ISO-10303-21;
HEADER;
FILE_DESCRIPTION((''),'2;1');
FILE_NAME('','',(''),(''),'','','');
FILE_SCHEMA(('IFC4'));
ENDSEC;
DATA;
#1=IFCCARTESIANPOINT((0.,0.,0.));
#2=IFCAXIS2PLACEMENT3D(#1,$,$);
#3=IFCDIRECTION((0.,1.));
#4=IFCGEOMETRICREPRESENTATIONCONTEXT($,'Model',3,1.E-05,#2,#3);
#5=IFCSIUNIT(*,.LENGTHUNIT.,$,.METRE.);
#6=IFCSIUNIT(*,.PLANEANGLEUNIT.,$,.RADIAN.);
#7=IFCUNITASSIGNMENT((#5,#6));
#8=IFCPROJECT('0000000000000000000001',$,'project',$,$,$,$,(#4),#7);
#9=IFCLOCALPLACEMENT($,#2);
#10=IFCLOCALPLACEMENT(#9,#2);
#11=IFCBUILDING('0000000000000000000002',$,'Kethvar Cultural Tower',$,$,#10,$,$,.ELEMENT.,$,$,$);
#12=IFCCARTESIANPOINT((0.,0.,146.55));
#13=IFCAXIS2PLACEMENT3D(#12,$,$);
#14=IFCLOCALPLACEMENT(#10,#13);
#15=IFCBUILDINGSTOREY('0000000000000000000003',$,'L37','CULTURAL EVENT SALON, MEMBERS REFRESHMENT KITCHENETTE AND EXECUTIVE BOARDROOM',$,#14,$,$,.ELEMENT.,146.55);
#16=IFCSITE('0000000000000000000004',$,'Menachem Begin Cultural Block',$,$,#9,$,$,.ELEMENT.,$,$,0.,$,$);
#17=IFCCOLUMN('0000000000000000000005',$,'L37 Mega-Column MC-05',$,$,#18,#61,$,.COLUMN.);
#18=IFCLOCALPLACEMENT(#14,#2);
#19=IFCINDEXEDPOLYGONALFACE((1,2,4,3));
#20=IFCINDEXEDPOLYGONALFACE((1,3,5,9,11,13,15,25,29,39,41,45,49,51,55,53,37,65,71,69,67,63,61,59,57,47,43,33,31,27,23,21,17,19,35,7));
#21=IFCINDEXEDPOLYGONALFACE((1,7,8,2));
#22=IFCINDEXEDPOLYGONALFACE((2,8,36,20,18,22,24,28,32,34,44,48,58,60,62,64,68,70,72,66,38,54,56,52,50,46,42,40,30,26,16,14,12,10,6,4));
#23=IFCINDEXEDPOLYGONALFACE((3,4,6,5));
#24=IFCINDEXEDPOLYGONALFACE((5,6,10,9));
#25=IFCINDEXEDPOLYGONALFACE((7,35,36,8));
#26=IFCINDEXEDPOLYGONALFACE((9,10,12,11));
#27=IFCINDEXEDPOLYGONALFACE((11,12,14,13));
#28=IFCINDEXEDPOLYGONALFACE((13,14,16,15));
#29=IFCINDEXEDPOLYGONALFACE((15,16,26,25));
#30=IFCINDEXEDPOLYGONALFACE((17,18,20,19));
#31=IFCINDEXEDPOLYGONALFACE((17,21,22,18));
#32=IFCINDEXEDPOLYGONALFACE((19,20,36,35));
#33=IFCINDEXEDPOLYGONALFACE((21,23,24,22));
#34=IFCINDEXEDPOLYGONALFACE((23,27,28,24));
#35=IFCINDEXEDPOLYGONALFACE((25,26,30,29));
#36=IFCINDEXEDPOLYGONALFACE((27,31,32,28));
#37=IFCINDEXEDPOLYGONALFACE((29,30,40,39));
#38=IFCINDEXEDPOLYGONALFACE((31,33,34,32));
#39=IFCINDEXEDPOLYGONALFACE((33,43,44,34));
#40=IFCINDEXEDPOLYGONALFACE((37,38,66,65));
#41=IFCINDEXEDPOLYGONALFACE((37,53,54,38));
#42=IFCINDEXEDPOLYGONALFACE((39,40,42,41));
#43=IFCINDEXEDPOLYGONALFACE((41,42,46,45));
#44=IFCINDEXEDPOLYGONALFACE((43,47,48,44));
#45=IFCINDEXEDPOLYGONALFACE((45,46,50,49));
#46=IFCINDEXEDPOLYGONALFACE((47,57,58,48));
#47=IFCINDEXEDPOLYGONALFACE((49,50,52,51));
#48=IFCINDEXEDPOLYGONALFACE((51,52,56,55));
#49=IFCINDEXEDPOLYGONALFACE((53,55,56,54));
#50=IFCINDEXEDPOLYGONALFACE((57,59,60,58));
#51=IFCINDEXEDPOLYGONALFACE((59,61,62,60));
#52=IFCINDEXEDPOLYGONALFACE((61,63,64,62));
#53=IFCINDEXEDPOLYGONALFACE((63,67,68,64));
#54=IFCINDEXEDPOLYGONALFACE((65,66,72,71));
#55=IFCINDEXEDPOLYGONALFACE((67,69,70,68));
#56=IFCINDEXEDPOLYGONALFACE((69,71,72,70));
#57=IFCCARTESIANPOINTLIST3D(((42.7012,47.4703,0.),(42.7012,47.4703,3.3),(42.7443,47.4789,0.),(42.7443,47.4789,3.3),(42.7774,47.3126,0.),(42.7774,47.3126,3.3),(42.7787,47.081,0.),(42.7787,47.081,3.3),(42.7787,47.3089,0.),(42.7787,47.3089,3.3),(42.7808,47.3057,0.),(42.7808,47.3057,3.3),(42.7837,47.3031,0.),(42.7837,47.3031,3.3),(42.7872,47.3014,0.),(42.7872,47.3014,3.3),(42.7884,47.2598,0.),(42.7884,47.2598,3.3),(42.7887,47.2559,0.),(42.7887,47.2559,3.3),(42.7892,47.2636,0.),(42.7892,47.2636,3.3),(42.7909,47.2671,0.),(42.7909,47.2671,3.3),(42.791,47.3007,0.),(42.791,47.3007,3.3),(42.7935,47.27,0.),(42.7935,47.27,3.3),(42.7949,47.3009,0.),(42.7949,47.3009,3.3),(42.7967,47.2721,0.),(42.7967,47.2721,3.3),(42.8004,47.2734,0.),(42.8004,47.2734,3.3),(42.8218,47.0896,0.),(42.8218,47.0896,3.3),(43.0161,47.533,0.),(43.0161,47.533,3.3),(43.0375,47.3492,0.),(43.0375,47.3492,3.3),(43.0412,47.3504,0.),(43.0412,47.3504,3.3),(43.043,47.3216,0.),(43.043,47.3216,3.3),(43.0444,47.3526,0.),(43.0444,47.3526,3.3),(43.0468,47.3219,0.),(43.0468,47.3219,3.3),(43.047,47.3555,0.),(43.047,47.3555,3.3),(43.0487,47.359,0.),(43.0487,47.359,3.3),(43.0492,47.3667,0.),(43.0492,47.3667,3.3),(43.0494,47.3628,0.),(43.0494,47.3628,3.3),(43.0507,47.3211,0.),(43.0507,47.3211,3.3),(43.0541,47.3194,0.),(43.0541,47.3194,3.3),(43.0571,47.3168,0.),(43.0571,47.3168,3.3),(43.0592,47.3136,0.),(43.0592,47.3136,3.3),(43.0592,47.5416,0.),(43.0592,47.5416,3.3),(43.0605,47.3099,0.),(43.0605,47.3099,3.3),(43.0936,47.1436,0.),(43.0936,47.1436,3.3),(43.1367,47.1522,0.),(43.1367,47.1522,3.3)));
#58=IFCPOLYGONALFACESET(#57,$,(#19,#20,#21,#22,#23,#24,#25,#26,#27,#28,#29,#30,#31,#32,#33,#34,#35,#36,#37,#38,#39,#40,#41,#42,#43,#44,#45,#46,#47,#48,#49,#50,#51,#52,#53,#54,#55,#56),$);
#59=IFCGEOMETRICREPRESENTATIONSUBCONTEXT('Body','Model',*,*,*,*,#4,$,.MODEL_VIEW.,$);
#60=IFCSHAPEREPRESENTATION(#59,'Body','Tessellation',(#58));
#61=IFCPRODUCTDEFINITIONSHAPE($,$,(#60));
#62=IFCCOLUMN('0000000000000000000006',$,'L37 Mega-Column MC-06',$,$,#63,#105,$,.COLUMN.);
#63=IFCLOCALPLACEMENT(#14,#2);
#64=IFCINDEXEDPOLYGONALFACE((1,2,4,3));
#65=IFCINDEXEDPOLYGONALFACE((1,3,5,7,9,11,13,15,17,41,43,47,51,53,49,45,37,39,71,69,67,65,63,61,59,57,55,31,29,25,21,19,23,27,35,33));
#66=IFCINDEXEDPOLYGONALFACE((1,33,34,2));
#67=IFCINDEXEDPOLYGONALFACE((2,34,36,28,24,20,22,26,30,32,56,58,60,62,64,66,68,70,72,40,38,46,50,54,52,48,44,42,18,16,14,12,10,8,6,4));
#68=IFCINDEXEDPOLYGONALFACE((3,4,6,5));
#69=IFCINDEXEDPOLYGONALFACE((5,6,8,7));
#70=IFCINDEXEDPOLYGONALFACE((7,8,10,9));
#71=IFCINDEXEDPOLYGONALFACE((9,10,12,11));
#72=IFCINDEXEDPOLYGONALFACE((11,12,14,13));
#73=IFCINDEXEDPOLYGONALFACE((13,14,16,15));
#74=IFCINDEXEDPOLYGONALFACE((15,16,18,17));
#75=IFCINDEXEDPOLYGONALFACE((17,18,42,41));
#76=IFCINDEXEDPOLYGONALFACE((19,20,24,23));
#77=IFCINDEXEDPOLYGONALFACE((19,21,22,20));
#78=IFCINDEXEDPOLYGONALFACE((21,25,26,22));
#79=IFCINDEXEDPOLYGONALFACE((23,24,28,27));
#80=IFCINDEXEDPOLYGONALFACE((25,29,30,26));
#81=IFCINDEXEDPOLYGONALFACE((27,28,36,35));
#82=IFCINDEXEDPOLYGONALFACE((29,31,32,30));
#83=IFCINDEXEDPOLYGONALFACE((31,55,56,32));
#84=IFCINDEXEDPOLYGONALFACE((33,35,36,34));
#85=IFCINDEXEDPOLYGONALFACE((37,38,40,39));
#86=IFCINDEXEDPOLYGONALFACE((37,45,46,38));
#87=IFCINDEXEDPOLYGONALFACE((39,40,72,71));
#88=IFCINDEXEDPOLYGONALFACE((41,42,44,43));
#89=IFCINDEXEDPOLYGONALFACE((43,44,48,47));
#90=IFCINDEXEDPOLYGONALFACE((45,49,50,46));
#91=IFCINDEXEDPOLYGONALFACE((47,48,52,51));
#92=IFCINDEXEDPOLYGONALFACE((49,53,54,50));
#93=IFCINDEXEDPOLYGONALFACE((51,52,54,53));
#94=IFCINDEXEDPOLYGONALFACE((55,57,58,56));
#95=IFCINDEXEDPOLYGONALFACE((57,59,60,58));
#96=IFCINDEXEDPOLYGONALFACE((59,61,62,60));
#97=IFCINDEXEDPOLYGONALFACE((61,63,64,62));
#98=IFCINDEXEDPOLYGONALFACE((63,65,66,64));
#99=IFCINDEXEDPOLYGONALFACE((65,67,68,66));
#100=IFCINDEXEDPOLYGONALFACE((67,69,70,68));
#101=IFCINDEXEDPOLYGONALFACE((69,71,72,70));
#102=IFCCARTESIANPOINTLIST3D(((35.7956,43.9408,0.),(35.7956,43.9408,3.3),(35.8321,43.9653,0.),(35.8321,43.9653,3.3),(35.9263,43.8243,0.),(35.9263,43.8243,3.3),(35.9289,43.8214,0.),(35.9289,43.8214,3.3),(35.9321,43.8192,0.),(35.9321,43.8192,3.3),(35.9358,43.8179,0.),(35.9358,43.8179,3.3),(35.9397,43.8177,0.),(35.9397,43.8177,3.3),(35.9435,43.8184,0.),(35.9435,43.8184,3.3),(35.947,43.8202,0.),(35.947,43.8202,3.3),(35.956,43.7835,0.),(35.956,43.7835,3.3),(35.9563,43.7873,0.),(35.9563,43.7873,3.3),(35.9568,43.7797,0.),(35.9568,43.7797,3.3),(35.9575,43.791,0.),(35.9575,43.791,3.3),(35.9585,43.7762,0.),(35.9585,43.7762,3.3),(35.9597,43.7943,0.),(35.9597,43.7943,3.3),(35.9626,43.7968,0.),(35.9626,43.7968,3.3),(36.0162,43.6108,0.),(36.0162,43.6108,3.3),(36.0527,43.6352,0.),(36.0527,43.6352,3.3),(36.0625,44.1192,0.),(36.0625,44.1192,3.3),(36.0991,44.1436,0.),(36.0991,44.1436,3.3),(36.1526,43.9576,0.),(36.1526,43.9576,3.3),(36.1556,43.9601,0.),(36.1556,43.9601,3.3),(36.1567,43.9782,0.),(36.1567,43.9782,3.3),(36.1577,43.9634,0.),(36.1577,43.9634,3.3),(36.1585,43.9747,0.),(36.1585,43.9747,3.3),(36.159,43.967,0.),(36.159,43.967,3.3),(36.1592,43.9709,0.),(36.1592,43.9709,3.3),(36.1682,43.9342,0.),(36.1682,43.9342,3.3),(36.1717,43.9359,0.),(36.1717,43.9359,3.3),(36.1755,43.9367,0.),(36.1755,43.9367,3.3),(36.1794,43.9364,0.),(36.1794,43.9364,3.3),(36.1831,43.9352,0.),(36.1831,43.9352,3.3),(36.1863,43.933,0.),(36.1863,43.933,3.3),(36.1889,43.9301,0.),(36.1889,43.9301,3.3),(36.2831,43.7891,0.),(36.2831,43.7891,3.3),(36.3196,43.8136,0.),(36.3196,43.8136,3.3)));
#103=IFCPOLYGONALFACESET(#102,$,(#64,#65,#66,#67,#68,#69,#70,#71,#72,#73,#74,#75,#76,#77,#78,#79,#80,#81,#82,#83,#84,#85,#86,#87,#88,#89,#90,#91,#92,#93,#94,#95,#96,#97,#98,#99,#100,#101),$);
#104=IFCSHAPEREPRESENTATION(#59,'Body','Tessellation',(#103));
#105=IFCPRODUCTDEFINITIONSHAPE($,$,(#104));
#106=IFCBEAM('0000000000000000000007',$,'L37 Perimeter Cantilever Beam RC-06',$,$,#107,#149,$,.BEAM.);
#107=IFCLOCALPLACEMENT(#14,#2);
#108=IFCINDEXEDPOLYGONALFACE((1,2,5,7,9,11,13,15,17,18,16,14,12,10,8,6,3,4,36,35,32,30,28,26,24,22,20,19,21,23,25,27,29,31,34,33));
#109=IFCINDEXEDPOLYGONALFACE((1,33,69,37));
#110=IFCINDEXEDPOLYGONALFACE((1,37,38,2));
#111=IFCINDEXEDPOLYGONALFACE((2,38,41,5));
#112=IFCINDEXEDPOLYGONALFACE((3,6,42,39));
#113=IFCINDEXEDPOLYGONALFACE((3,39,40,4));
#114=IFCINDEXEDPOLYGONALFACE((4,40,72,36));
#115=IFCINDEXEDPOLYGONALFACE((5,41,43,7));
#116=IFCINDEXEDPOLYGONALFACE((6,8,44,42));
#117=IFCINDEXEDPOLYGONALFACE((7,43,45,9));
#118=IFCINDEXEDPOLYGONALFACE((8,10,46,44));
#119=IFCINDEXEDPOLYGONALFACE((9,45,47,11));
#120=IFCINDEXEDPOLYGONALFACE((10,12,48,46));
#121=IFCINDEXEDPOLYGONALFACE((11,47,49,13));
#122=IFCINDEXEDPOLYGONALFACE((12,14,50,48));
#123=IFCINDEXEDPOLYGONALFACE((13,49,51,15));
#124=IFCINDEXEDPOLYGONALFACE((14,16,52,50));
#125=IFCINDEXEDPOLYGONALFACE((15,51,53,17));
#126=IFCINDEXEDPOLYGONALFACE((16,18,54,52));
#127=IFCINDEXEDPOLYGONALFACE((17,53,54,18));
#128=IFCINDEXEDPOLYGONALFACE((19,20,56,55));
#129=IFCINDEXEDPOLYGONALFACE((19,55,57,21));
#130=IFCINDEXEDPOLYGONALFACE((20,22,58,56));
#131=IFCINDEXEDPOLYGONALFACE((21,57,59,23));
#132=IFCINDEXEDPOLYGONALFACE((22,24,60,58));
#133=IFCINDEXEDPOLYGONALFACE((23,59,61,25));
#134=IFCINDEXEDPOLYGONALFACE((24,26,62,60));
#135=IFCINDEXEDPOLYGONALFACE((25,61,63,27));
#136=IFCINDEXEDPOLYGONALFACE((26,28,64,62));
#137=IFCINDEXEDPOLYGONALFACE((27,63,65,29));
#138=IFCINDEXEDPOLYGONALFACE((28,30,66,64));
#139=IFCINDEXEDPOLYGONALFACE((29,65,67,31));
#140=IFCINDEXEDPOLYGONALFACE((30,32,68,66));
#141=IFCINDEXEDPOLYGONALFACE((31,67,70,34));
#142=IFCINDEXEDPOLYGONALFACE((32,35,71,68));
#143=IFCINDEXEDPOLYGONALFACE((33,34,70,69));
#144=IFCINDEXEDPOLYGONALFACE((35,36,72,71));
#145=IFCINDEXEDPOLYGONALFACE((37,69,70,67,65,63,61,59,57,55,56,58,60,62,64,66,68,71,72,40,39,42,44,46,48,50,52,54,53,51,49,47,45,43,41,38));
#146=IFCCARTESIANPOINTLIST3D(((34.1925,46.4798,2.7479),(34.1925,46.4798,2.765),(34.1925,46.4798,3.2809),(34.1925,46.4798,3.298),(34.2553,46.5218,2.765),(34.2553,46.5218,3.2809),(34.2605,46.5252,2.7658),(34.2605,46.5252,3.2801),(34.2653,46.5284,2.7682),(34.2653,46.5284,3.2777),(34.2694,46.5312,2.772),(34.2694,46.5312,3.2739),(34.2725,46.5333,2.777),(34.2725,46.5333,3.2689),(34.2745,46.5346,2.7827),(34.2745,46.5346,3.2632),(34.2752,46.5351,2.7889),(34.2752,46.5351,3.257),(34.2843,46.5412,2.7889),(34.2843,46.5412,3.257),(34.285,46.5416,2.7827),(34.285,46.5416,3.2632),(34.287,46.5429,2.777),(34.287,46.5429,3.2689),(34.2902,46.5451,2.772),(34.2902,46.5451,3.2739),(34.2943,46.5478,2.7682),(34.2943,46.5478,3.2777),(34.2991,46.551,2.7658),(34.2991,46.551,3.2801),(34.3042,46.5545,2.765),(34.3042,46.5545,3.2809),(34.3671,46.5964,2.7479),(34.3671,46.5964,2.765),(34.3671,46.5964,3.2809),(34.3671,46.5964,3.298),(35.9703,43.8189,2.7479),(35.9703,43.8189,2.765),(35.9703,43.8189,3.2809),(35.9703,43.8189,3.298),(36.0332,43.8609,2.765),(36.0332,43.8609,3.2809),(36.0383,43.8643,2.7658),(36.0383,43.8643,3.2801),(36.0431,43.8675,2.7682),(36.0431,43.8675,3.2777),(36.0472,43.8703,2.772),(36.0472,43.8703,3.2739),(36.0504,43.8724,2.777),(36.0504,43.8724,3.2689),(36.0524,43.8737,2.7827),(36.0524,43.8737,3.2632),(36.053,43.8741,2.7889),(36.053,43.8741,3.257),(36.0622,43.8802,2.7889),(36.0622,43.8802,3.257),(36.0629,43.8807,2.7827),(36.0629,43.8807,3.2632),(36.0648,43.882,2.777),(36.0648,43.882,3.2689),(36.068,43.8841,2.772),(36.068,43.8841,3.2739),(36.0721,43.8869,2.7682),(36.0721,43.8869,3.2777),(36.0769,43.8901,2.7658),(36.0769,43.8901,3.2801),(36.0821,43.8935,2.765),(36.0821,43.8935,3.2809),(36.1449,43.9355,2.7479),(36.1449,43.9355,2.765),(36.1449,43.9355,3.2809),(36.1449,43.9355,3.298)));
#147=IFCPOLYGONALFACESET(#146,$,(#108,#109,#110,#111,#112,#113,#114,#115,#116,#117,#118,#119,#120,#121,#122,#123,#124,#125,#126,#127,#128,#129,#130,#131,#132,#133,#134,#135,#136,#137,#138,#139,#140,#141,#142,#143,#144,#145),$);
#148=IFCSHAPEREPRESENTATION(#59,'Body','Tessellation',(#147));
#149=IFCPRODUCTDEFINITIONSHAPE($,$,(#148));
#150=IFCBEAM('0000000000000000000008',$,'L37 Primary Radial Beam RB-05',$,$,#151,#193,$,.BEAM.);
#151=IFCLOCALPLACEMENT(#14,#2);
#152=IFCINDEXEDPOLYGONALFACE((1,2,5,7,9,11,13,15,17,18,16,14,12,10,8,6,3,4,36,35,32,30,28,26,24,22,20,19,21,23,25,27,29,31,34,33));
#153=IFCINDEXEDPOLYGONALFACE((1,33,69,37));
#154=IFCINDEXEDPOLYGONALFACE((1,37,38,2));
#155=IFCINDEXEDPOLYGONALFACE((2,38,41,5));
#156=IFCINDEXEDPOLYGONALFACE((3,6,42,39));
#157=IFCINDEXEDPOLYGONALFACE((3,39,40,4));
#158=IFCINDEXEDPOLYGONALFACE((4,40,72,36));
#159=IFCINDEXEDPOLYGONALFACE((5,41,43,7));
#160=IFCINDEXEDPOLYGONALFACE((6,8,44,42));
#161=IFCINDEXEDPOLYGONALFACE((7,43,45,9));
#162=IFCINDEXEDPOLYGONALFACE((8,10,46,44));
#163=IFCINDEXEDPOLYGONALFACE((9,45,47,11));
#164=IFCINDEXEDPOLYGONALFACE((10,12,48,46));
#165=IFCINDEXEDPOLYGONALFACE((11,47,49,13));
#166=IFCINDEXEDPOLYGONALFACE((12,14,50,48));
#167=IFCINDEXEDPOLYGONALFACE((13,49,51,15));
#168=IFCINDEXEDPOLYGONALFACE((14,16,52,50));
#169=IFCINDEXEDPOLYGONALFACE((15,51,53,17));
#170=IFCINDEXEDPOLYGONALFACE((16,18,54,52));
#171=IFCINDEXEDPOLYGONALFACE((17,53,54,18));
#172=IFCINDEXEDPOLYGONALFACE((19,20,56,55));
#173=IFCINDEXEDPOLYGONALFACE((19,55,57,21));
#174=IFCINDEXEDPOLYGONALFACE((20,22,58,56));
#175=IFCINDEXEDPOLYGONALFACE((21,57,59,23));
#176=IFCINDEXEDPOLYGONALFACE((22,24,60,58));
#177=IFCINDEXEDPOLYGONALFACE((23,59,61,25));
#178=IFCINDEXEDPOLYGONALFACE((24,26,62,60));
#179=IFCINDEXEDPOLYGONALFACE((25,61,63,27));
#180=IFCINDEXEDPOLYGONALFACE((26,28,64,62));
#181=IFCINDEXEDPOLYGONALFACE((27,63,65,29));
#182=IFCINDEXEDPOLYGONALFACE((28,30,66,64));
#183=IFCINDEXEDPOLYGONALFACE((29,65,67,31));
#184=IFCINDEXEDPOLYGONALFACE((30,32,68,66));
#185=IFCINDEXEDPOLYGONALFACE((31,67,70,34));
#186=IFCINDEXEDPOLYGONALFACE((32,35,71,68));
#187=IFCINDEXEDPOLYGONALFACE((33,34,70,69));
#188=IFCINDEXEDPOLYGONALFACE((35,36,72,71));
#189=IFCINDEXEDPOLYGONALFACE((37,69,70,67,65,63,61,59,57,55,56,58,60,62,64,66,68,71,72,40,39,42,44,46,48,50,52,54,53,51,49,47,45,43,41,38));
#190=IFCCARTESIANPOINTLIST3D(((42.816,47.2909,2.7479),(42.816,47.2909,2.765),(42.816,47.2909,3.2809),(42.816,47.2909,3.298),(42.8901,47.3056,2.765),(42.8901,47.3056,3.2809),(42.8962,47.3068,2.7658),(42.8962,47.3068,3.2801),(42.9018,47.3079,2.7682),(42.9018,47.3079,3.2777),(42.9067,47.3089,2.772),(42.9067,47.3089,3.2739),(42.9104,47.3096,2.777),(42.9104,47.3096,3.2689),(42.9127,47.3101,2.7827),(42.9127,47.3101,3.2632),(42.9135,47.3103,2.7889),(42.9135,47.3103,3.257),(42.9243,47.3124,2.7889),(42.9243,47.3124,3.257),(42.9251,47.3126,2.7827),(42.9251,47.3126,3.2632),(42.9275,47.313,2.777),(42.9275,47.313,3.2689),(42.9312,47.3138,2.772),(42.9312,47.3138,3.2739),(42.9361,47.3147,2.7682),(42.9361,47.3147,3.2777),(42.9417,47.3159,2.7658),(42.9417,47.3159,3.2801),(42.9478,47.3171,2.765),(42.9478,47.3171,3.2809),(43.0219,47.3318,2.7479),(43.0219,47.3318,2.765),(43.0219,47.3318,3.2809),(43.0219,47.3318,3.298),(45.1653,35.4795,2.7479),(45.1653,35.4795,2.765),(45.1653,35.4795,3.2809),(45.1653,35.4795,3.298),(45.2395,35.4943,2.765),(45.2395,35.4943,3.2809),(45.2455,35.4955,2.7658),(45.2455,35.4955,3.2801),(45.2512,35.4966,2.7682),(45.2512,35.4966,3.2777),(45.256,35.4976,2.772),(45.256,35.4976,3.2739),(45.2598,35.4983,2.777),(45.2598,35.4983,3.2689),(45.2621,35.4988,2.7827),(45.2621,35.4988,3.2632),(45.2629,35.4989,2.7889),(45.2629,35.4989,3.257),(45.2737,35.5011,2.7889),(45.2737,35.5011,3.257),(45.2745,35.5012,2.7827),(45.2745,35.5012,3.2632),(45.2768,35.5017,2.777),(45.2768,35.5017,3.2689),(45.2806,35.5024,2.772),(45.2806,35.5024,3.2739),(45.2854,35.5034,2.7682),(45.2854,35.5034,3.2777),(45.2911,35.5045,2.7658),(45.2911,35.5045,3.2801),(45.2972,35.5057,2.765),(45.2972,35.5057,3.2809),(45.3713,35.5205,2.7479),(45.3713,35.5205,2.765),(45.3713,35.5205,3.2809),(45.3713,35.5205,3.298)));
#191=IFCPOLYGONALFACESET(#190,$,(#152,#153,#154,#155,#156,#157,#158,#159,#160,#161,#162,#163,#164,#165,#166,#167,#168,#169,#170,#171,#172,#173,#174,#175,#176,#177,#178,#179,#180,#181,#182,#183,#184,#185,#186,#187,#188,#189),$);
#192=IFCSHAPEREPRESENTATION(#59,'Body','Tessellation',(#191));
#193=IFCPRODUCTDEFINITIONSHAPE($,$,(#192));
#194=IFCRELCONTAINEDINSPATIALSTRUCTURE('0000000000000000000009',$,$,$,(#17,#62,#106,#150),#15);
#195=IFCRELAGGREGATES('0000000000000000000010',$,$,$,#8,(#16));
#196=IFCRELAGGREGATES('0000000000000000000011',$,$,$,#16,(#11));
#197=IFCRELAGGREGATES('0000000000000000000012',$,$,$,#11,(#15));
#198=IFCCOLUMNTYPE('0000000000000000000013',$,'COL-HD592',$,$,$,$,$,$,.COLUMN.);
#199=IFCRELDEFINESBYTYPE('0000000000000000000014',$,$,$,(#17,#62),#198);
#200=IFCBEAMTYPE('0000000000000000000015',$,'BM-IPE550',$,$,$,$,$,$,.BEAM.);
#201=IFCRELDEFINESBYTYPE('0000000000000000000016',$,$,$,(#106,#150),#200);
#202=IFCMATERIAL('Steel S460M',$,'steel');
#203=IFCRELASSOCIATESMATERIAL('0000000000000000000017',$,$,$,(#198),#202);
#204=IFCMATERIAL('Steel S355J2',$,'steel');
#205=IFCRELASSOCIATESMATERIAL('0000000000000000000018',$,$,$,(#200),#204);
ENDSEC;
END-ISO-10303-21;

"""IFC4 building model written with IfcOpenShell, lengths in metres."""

from ifc_helpers import new_model, si_unit, direction, frame, origin, origin_2d, place, context, subcontext, project, spatial, i_section, extrude, source, transform, mapped, material, material_profile, profile_set, type_object, element, save


model = new_model("IFC4")

# Units and contexts
model_context = context("Model", 3, precision=1e-05, world=origin(), true_north=direction((0.0, 1.0)))
body_context = subcontext(model_context, "Body", "Model", "MODEL_VIEW")
ifc_project = project(units=[si_unit("LENGTHUNIT", "METRE"), si_unit("PLANEANGLEUNIT", "RADIAN")], contexts=[model_context])

# Site, building, storey
site_placement = place(None, origin())
site = spatial("IfcSite", under=ifc_project, at=site_placement, Name="Menachem Begin Cultural Block", CompositionType="ELEMENT", RefElevation=0.0)
building_placement = place(site_placement, origin())
building = spatial("IfcBuilding", under=site, at=building_placement, Name="Kethvar Cultural Tower", CompositionType="ELEMENT")
storey_placement = place(building_placement, frame((0.0, 0.0, 146.55)))
storey = spatial("IfcBuildingStorey", under=building, at=storey_placement, Name="L37", Description="CULTURAL EVENT SALON, MEMBERS REFRESHMENT KITCHENETTE AND EXECUTIVE BOARDROOM", CompositionType="ELEMENT", Elevation=146.55)

# Columns
ifc_material_1 = material(Name="Steel S460M", Category="steel")
ifc_material_profile_1 = material_profile(ifc_material_1, i_section(OverallWidth=0.397, OverallDepth=0.365, WebThickness=0.0281, FlangeThickness=0.0439, FilletRadius=0.0149, at=origin_2d()), Name="Steel S460M — HD400x592")
ifc_profile_set_1 = profile_set([ifc_material_profile_1], Name="Steel S460M — HD400x592")
column_type = type_object("IfcColumnType", Name="COL-HD592", PredefinedType="COLUMN", material=ifc_profile_set_1)
shared_shape_1 = source(origin(), body_context, "Body", "SweptSolid", [
    extrude(i_section(OverallWidth=0.397, OverallDepth=0.365, WebThickness=0.0281, FlangeThickness=0.0439, FilletRadius=0.0149, at=origin_2d()), origin(), (0.0, 0.0, 1.0), 3.3),
])
for number, where, z_axis, x_axis, name in (
    (1, (42.9189, 47.3113, 0.0), (0.0, 0.0, 1.0), (-0.19509, 0.980785, 0.0), "L37 Mega-Column MC-05"),
    (2, (36.0576, 43.8772, 0.0), (0.0, 0.0, 1.0), (-0.55557, 0.83147, 0.0), "L37 Mega-Column MC-06"),
):
    element("IfcColumn", number, at=place(storey_placement, frame(where, z_axis=z_axis, x_axis=x_axis)), inside=storey, type_object=column_type, Name=name, PredefinedType="COLUMN", context=body_context, shape_type="MappedRepresentation", body=[
        mapped(shared_shape_1, transform((0.0, 0.0, 0.0), scale=1.0)),
    ])

# Beams
ifc_material_2 = material(Name="Steel S355J2", Category="steel")
ifc_material_profile_2 = material_profile(ifc_material_2, i_section(OverallWidth=0.21, OverallDepth=0.55, WebThickness=0.011, FlangeThickness=0.0171, FilletRadius=0.0239, at=origin_2d()), Name="Steel S355J2 — IPE550")
ifc_profile_set_2 = profile_set([ifc_material_profile_2], Name="Steel S355J2 — IPE550")
beam_type_1 = type_object("IfcBeamType", Name="BM-IPE550", PredefinedType="BEAM", material=ifc_profile_set_2)
shared_shape_2 = source(origin(), body_context, "Body", "SweptSolid", [
    extrude(i_section(OverallWidth=0.21, OverallDepth=0.55, WebThickness=0.011, FlangeThickness=0.0171, FilletRadius=0.0239, at=origin_2d()), origin(), (0.0, 0.0, 1.0), 3.2002),
])
beam_1_placement = place(storey_placement, frame((36.0576, 43.8772, 3.0229), z_axis=(-0.555545, 0.831486, 0.0), x_axis=(-0.831486, -0.555545, 0.0)))
element("IfcBeam", 3, at=beam_1_placement, inside=storey, type_object=beam_type_1, Name="L37 Perimeter Cantilever Beam RC-06", PredefinedType="BEAM", context=body_context, shape_type="MappedRepresentation", body=[
    mapped(shared_shape_2, transform((0.0, 0.0, 0.0), scale=1.0)),
])
shared_shape_3 = source(origin(), body_context, "Body", "SweptSolid", [
    extrude(i_section(OverallWidth=0.21, OverallDepth=0.55, WebThickness=0.011, FlangeThickness=0.0171, FilletRadius=0.0239, at=origin_2d()), origin(), (0.0, 0.0, 1.0), 12.0427),
])
beam_2_placement = place(storey_placement, frame((45.2683, 35.5, 3.0229), z_axis=(-0.195087, 0.980786, 0.0), x_axis=(-0.980786, -0.195087, 0.0)))
element("IfcBeam", 4, at=beam_2_placement, inside=storey, type_object=beam_type_1, Name="L37 Primary Radial Beam RB-05", PredefinedType="BEAM", context=body_context, shape_type="MappedRepresentation", body=[
    mapped(shared_shape_3, transform((0.0, 0.0, 0.0), scale=1.0)),
])

save(model, "model.ifc")
